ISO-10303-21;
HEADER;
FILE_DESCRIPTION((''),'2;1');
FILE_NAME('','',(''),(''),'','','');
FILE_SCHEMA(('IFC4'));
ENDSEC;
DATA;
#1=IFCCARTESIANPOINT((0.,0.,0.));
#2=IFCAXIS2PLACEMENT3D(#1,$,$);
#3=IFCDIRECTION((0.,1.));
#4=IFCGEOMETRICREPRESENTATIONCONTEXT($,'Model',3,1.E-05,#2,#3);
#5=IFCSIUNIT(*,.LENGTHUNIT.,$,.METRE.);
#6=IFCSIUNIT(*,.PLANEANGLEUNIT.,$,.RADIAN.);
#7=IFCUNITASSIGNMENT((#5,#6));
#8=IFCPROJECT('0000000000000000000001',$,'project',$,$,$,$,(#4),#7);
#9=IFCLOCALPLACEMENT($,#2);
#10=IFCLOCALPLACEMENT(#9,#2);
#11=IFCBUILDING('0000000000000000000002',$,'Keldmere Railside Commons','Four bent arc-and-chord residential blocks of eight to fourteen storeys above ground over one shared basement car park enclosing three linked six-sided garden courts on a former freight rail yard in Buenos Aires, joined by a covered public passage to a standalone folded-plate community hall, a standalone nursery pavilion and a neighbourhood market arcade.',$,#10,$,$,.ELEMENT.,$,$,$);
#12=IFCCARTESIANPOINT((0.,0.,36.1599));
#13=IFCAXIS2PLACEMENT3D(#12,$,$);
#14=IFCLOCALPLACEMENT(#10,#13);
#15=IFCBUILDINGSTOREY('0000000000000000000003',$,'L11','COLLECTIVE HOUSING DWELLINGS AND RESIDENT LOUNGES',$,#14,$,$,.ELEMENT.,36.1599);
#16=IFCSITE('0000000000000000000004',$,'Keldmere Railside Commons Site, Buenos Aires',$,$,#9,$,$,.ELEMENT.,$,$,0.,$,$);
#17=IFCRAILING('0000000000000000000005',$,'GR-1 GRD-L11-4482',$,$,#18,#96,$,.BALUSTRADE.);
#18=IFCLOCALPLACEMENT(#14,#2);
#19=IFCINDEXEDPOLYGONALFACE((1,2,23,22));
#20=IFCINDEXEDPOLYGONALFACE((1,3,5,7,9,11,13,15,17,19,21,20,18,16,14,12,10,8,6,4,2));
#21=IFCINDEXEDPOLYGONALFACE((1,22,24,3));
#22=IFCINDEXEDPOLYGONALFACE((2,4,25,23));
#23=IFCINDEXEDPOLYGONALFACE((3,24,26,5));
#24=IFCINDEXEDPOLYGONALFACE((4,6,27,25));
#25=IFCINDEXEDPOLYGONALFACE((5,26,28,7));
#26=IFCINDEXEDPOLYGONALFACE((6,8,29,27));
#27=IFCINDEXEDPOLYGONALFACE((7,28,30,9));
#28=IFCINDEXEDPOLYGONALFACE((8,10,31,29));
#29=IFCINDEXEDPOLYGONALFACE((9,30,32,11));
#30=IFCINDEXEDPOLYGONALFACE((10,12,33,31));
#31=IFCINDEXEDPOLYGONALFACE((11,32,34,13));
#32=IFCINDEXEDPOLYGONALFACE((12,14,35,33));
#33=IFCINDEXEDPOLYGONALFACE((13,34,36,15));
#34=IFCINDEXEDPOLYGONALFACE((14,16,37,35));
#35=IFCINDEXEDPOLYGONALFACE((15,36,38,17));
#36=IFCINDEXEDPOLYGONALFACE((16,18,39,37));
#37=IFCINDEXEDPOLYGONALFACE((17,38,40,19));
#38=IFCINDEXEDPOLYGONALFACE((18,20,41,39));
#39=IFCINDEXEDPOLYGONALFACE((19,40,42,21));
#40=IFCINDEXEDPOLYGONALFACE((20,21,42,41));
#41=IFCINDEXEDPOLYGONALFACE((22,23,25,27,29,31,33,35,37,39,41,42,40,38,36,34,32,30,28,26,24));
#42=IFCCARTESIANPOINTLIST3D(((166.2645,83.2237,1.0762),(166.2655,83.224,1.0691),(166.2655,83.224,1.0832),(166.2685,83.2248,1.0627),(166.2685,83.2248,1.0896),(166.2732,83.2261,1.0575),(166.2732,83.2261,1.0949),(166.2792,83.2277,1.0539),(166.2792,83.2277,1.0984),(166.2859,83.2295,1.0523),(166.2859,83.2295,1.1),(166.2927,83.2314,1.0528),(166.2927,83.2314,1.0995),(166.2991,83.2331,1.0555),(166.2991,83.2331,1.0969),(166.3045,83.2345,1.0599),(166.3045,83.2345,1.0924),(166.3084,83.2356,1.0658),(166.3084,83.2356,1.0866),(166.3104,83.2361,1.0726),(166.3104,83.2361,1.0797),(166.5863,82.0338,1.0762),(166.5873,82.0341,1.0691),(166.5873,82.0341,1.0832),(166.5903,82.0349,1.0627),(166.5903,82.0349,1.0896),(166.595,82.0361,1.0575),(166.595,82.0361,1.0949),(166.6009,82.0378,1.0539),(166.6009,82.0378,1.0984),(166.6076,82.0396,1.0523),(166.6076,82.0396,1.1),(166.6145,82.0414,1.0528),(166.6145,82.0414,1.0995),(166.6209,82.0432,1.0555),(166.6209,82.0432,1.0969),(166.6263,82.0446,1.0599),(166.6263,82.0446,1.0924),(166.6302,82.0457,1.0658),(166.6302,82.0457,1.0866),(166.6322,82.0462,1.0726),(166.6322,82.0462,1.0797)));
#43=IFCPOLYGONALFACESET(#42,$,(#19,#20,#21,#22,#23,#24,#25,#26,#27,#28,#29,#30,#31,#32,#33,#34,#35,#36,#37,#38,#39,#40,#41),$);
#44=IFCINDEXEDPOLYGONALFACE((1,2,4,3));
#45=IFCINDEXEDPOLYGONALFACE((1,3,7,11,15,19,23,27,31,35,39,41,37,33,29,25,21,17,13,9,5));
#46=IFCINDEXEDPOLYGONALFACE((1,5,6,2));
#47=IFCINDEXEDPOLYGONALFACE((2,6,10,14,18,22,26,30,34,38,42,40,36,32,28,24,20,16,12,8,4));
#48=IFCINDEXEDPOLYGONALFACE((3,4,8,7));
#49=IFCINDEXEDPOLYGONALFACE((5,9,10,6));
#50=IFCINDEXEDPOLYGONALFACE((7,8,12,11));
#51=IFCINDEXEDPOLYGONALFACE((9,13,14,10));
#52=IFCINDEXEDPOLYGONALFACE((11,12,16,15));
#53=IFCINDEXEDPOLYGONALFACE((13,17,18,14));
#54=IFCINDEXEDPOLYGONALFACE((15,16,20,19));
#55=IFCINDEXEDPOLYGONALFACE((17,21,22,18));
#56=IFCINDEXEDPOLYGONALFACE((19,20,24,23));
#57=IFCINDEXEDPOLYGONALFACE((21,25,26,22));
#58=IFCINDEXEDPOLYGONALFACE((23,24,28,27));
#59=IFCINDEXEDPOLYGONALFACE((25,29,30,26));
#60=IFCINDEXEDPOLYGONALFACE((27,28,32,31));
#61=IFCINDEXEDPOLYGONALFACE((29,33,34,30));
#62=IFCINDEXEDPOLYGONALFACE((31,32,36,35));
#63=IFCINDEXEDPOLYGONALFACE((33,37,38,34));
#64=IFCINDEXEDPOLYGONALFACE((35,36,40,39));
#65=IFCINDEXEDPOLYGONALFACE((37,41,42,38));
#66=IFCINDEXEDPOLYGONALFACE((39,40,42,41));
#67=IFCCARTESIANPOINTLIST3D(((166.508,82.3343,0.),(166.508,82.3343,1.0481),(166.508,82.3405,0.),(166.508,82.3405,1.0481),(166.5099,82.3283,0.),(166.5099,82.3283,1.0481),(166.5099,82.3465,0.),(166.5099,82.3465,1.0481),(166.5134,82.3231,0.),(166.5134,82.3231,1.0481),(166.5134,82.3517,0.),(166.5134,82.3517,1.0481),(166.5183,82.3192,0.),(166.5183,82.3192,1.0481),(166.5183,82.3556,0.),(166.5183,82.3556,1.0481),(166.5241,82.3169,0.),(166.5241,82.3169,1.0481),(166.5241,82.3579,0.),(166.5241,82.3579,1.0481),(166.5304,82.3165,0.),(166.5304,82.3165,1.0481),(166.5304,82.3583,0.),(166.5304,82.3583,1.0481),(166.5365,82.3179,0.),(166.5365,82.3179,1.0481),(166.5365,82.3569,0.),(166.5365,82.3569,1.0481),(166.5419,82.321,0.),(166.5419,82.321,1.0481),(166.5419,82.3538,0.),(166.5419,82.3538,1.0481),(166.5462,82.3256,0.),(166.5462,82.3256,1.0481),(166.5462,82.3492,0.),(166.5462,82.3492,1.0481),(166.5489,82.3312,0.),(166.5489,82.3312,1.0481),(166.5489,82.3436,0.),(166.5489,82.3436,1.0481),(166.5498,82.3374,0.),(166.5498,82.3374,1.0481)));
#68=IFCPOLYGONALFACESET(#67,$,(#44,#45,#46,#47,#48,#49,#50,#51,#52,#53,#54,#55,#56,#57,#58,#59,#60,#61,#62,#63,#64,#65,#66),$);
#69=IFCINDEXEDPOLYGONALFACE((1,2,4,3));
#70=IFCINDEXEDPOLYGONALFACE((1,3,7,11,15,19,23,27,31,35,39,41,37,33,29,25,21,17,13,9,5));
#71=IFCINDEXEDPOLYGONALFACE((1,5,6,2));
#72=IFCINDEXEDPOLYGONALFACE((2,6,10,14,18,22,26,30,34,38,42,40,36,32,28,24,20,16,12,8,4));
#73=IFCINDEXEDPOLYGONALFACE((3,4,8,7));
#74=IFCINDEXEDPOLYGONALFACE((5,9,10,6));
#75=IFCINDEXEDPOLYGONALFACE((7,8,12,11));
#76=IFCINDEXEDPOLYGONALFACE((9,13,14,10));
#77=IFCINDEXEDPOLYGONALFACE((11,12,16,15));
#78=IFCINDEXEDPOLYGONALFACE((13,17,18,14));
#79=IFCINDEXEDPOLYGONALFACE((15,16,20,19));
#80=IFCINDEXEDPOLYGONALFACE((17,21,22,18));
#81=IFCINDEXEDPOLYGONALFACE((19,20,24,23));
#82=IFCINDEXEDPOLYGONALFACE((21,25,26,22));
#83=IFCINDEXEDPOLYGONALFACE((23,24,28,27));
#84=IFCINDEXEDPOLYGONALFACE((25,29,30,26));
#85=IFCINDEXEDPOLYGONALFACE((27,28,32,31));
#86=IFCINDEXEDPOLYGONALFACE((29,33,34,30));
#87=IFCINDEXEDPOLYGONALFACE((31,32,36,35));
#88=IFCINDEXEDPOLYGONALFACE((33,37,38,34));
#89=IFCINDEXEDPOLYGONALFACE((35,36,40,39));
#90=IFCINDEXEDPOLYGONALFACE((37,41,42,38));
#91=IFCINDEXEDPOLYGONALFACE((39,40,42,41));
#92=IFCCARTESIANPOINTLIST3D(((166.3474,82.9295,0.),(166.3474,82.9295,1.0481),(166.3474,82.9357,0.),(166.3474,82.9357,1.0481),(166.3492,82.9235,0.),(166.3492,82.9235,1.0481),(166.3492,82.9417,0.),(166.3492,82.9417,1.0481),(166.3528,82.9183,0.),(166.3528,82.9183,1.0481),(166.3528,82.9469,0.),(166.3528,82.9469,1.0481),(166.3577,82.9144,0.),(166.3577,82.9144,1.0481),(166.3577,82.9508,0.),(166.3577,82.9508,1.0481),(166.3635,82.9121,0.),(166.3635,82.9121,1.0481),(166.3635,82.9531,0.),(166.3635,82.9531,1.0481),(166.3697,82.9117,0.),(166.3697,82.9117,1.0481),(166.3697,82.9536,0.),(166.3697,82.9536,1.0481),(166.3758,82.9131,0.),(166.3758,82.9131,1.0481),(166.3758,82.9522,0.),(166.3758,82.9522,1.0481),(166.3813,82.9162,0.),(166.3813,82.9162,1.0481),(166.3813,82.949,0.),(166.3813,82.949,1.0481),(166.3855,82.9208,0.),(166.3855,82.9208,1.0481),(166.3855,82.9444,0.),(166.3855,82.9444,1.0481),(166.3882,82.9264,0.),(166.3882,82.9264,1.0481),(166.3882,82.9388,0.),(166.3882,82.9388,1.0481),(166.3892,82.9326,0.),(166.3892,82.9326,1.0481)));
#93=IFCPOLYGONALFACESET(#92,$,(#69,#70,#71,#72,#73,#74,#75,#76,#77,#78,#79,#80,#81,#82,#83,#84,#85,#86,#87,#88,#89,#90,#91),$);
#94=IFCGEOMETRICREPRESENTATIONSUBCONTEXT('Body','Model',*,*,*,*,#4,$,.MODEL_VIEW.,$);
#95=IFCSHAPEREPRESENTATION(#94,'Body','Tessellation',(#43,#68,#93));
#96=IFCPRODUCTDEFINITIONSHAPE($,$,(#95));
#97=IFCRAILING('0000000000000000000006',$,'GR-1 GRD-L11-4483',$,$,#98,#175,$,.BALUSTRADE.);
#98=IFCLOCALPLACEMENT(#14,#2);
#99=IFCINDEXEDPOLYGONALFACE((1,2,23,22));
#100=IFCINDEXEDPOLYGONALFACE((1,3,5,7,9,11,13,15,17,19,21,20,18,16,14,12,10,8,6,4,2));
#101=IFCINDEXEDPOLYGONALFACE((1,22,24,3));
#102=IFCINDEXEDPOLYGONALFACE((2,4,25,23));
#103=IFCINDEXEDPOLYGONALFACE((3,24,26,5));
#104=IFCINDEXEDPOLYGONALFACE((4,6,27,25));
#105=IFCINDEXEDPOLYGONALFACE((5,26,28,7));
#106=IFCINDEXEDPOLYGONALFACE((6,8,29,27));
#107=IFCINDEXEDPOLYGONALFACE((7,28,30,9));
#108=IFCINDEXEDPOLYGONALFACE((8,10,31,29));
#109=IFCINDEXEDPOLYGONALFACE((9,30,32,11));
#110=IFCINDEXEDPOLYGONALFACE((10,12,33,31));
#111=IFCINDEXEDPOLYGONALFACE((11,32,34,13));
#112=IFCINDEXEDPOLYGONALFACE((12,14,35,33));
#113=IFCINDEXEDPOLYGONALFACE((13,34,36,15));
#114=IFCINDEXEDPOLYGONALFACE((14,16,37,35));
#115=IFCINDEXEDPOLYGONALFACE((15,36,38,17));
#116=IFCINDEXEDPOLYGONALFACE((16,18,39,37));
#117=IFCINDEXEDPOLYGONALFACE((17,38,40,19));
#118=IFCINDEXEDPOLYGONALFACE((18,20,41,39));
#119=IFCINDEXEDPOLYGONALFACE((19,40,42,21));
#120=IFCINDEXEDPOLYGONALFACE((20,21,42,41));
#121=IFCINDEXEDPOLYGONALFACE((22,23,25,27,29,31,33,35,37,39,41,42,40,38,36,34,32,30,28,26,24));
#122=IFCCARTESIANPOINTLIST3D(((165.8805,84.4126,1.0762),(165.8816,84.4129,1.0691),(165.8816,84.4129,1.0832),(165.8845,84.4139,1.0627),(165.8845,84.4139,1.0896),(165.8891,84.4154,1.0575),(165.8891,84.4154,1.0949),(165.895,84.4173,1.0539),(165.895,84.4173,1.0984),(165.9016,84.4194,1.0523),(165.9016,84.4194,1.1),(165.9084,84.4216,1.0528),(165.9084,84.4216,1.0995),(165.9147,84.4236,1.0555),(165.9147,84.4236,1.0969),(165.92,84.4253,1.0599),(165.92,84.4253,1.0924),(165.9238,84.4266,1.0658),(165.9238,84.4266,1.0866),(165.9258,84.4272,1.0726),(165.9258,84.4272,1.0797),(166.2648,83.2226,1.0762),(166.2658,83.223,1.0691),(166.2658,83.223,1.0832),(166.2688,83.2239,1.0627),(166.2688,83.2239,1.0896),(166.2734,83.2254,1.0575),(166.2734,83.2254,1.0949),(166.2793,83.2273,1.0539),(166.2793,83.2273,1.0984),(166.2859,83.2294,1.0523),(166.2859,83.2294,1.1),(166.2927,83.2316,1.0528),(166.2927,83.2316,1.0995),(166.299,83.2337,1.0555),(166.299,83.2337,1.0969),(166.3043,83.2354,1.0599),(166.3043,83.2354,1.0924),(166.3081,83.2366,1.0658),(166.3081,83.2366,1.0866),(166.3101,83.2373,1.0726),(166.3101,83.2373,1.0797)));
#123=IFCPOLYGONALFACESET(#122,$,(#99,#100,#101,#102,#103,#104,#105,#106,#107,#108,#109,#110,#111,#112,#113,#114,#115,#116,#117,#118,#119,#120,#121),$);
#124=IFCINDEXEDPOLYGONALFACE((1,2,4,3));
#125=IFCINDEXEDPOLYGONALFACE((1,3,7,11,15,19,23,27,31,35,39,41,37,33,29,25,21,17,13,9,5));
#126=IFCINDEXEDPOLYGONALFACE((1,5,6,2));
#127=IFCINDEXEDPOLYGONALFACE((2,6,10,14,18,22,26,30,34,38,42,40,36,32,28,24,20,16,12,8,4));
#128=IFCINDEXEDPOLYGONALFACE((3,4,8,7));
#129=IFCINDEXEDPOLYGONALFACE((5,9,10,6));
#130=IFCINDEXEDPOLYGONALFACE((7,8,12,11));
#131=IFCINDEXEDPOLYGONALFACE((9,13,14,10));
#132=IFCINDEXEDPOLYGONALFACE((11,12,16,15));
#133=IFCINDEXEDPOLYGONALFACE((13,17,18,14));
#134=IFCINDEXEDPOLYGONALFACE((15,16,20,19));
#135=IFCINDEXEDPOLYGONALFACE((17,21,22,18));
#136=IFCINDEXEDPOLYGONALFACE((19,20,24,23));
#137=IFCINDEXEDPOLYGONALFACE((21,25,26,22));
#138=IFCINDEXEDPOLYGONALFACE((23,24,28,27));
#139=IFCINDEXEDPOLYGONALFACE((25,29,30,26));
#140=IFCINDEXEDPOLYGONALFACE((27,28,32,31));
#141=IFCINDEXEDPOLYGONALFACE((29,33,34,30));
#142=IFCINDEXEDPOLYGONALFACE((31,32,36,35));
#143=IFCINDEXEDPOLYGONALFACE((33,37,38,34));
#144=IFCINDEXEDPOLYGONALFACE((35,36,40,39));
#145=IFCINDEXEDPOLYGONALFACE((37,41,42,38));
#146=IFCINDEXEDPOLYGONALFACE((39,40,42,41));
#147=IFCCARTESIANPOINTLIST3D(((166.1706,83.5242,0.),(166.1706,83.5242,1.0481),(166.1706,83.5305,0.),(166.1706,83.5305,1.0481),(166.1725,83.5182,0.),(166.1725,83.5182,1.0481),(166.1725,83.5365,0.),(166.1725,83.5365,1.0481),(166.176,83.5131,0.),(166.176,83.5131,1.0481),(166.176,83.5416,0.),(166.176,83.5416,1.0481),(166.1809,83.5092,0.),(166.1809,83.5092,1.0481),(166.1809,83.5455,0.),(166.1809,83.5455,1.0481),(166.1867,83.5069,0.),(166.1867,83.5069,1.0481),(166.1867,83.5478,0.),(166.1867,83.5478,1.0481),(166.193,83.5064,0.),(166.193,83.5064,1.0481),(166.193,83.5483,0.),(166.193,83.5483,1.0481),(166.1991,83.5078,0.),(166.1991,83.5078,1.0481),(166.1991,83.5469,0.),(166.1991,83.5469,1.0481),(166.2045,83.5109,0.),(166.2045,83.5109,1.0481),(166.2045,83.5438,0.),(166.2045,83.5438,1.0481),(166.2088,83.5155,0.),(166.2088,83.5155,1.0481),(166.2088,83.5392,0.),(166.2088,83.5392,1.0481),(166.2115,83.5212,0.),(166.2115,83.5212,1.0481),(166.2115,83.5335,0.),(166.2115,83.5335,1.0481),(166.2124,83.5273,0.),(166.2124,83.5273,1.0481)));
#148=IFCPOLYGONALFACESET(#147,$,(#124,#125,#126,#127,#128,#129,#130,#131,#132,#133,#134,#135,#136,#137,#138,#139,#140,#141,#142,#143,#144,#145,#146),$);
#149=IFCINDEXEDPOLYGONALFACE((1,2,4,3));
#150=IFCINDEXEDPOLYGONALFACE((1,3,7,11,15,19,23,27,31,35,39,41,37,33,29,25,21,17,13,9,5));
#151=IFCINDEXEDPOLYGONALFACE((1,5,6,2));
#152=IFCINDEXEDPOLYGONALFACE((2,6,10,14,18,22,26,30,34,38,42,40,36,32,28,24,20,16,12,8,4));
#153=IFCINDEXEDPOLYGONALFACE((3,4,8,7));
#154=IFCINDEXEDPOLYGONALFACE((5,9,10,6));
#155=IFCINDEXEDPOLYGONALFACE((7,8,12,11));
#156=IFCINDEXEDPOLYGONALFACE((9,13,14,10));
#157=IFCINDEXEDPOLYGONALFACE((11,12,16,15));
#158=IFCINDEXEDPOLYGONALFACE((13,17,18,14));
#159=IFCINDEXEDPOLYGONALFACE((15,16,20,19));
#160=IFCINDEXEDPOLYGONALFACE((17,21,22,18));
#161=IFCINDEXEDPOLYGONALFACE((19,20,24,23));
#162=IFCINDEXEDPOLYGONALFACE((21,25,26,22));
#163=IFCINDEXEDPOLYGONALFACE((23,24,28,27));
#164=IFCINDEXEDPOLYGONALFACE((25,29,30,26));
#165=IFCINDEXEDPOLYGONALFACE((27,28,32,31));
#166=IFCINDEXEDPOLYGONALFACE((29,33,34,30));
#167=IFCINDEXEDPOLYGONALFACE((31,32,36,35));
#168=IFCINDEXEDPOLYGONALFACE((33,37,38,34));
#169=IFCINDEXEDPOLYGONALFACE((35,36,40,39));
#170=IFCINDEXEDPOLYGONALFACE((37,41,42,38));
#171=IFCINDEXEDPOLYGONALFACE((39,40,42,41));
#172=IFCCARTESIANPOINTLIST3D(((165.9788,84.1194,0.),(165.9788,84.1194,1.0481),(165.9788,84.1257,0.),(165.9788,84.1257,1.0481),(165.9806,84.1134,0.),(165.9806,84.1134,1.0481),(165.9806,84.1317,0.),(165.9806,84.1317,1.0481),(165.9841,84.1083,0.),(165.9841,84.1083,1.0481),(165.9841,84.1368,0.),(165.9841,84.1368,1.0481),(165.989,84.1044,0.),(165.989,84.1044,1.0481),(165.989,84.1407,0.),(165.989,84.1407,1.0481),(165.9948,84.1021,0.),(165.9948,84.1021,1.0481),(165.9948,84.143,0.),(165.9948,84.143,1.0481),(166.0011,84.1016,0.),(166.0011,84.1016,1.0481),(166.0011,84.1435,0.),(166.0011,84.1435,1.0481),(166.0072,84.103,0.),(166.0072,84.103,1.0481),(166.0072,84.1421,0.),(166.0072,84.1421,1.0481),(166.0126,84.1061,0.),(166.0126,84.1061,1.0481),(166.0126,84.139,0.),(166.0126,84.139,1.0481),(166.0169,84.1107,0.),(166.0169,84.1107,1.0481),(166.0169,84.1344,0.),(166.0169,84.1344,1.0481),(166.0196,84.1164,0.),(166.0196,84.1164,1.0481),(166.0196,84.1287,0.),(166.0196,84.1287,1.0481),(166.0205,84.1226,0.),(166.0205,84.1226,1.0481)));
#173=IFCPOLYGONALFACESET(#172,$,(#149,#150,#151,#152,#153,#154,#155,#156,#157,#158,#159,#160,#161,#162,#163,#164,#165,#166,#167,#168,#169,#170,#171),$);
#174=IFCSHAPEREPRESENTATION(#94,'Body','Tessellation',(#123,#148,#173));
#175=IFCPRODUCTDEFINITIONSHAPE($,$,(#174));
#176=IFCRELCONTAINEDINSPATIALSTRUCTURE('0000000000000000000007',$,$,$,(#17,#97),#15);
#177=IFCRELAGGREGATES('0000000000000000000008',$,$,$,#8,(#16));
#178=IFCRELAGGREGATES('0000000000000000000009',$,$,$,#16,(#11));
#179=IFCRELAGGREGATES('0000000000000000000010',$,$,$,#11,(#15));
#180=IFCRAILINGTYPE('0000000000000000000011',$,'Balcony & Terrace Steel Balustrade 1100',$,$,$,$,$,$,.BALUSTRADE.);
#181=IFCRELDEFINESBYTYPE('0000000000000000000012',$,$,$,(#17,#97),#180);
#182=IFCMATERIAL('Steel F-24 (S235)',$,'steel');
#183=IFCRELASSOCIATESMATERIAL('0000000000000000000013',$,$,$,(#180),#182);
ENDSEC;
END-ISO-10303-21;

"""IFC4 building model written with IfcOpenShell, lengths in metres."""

from ifc_helpers import new_model, si_unit, direction, frame, origin, origin_2d, place, context, subcontext, project, spatial, circle, extrude, material, type_object, element, save


model = new_model("IFC4")

# Units and contexts
model_context = context("Model", 3, precision=1e-05, world=origin(), true_north=direction((0.0, 1.0)))
body_context = subcontext(model_context, "Body", "Model", "MODEL_VIEW")
ifc_project = project(units=[si_unit("LENGTHUNIT", "METRE"), si_unit("PLANEANGLEUNIT", "RADIAN")], contexts=[model_context])

# Site, building, storey
site_placement = place(None, origin())
site = spatial("IfcSite", under=ifc_project, at=site_placement, Name="Keldmere Railside Commons Site, Buenos Aires", CompositionType="ELEMENT", RefElevation=0.0)
building_placement = place(site_placement, origin())
building = spatial("IfcBuilding", under=site, at=building_placement, Name="Keldmere Railside Commons", Description="Four bent arc-and-chord residential blocks of eight to fourteen storeys above ground over one shared basement car park enclosing three linked six-sided garden courts on a former freight rail yard in Buenos Aires, joined by a covered public passage to a standalone folded-plate community hall, a standalone nursery pavilion and a neighbourhood market arcade.", CompositionType="ELEMENT")
storey_placement = place(building_placement, frame((0.0, 0.0, 36.1599)))
storey = spatial("IfcBuildingStorey", under=building, at=storey_placement, Name="L11", Description="COLLECTIVE HOUSING DWELLINGS AND RESIDENT LOUNGES", CompositionType="ELEMENT", Elevation=36.1599)

# Railings
ifc_material_1 = material(Name="Steel F-24 (S235)", Category="steel")
railing_type = type_object("IfcRailingType", Name="Balcony & Terrace Steel Balustrade 1100", PredefinedType="BALUSTRADE", material=ifc_material_1)
railing_1_placement = place(storey_placement, frame((166.6094, 82.04, 0.0)))
element("IfcRailing", 1, at=railing_1_placement, inside=storey, type_object=railing_type, Name="GR-1 GRD-L11-4482", PredefinedType="BALUSTRADE", context=body_context, shape_type="SweptSolid", body=[
    extrude(circle(Radius=0.0239, at=origin_2d()), frame((0.0, 0.0, 1.0762), z_axis=(-0.261039, 0.965328, 0.0), x_axis=(-0.965328, -0.261039, 0.0)), (0.0, 0.0, 1.0), 1.2327),
    extrude(circle(Radius=0.021, at=origin_2d()), frame((-0.0806, 0.2974, 0.0)), (0.0, 0.0, 1.0), 1.0481),
    extrude(circle(Radius=0.021, at=origin_2d()), frame((-0.2412, 0.8926, 0.0)), (0.0, 0.0, 1.0), 1.0481),
])
railing_2_placement = place(storey_placement, frame((166.2876, 83.23, 0.0)))
element("IfcRailing", 2, at=railing_2_placement, inside=storey, type_object=railing_type, Name="GR-1 GRD-L11-4483", PredefinedType="BALUSTRADE", context=body_context, shape_type="SweptSolid", body=[
    extrude(circle(Radius=0.0239, at=origin_2d()), frame((0.0, 0.0, 1.0762), z_axis=(-0.307311, 0.951609, 0.0), x_axis=(-0.951609, -0.307311, 0.0)), (0.0, 0.0, 1.0), 1.2505),
    extrude(circle(Radius=0.021, at=origin_2d()), frame((-0.0962, 0.2974, 0.0)), (0.0, 0.0, 1.0), 1.0481),
    extrude(circle(Radius=0.021, at=origin_2d()), frame((-0.2881, 0.8926, 0.0)), (0.0, 0.0, 1.0), 1.0481),
])

save(model, "model.ifc")
